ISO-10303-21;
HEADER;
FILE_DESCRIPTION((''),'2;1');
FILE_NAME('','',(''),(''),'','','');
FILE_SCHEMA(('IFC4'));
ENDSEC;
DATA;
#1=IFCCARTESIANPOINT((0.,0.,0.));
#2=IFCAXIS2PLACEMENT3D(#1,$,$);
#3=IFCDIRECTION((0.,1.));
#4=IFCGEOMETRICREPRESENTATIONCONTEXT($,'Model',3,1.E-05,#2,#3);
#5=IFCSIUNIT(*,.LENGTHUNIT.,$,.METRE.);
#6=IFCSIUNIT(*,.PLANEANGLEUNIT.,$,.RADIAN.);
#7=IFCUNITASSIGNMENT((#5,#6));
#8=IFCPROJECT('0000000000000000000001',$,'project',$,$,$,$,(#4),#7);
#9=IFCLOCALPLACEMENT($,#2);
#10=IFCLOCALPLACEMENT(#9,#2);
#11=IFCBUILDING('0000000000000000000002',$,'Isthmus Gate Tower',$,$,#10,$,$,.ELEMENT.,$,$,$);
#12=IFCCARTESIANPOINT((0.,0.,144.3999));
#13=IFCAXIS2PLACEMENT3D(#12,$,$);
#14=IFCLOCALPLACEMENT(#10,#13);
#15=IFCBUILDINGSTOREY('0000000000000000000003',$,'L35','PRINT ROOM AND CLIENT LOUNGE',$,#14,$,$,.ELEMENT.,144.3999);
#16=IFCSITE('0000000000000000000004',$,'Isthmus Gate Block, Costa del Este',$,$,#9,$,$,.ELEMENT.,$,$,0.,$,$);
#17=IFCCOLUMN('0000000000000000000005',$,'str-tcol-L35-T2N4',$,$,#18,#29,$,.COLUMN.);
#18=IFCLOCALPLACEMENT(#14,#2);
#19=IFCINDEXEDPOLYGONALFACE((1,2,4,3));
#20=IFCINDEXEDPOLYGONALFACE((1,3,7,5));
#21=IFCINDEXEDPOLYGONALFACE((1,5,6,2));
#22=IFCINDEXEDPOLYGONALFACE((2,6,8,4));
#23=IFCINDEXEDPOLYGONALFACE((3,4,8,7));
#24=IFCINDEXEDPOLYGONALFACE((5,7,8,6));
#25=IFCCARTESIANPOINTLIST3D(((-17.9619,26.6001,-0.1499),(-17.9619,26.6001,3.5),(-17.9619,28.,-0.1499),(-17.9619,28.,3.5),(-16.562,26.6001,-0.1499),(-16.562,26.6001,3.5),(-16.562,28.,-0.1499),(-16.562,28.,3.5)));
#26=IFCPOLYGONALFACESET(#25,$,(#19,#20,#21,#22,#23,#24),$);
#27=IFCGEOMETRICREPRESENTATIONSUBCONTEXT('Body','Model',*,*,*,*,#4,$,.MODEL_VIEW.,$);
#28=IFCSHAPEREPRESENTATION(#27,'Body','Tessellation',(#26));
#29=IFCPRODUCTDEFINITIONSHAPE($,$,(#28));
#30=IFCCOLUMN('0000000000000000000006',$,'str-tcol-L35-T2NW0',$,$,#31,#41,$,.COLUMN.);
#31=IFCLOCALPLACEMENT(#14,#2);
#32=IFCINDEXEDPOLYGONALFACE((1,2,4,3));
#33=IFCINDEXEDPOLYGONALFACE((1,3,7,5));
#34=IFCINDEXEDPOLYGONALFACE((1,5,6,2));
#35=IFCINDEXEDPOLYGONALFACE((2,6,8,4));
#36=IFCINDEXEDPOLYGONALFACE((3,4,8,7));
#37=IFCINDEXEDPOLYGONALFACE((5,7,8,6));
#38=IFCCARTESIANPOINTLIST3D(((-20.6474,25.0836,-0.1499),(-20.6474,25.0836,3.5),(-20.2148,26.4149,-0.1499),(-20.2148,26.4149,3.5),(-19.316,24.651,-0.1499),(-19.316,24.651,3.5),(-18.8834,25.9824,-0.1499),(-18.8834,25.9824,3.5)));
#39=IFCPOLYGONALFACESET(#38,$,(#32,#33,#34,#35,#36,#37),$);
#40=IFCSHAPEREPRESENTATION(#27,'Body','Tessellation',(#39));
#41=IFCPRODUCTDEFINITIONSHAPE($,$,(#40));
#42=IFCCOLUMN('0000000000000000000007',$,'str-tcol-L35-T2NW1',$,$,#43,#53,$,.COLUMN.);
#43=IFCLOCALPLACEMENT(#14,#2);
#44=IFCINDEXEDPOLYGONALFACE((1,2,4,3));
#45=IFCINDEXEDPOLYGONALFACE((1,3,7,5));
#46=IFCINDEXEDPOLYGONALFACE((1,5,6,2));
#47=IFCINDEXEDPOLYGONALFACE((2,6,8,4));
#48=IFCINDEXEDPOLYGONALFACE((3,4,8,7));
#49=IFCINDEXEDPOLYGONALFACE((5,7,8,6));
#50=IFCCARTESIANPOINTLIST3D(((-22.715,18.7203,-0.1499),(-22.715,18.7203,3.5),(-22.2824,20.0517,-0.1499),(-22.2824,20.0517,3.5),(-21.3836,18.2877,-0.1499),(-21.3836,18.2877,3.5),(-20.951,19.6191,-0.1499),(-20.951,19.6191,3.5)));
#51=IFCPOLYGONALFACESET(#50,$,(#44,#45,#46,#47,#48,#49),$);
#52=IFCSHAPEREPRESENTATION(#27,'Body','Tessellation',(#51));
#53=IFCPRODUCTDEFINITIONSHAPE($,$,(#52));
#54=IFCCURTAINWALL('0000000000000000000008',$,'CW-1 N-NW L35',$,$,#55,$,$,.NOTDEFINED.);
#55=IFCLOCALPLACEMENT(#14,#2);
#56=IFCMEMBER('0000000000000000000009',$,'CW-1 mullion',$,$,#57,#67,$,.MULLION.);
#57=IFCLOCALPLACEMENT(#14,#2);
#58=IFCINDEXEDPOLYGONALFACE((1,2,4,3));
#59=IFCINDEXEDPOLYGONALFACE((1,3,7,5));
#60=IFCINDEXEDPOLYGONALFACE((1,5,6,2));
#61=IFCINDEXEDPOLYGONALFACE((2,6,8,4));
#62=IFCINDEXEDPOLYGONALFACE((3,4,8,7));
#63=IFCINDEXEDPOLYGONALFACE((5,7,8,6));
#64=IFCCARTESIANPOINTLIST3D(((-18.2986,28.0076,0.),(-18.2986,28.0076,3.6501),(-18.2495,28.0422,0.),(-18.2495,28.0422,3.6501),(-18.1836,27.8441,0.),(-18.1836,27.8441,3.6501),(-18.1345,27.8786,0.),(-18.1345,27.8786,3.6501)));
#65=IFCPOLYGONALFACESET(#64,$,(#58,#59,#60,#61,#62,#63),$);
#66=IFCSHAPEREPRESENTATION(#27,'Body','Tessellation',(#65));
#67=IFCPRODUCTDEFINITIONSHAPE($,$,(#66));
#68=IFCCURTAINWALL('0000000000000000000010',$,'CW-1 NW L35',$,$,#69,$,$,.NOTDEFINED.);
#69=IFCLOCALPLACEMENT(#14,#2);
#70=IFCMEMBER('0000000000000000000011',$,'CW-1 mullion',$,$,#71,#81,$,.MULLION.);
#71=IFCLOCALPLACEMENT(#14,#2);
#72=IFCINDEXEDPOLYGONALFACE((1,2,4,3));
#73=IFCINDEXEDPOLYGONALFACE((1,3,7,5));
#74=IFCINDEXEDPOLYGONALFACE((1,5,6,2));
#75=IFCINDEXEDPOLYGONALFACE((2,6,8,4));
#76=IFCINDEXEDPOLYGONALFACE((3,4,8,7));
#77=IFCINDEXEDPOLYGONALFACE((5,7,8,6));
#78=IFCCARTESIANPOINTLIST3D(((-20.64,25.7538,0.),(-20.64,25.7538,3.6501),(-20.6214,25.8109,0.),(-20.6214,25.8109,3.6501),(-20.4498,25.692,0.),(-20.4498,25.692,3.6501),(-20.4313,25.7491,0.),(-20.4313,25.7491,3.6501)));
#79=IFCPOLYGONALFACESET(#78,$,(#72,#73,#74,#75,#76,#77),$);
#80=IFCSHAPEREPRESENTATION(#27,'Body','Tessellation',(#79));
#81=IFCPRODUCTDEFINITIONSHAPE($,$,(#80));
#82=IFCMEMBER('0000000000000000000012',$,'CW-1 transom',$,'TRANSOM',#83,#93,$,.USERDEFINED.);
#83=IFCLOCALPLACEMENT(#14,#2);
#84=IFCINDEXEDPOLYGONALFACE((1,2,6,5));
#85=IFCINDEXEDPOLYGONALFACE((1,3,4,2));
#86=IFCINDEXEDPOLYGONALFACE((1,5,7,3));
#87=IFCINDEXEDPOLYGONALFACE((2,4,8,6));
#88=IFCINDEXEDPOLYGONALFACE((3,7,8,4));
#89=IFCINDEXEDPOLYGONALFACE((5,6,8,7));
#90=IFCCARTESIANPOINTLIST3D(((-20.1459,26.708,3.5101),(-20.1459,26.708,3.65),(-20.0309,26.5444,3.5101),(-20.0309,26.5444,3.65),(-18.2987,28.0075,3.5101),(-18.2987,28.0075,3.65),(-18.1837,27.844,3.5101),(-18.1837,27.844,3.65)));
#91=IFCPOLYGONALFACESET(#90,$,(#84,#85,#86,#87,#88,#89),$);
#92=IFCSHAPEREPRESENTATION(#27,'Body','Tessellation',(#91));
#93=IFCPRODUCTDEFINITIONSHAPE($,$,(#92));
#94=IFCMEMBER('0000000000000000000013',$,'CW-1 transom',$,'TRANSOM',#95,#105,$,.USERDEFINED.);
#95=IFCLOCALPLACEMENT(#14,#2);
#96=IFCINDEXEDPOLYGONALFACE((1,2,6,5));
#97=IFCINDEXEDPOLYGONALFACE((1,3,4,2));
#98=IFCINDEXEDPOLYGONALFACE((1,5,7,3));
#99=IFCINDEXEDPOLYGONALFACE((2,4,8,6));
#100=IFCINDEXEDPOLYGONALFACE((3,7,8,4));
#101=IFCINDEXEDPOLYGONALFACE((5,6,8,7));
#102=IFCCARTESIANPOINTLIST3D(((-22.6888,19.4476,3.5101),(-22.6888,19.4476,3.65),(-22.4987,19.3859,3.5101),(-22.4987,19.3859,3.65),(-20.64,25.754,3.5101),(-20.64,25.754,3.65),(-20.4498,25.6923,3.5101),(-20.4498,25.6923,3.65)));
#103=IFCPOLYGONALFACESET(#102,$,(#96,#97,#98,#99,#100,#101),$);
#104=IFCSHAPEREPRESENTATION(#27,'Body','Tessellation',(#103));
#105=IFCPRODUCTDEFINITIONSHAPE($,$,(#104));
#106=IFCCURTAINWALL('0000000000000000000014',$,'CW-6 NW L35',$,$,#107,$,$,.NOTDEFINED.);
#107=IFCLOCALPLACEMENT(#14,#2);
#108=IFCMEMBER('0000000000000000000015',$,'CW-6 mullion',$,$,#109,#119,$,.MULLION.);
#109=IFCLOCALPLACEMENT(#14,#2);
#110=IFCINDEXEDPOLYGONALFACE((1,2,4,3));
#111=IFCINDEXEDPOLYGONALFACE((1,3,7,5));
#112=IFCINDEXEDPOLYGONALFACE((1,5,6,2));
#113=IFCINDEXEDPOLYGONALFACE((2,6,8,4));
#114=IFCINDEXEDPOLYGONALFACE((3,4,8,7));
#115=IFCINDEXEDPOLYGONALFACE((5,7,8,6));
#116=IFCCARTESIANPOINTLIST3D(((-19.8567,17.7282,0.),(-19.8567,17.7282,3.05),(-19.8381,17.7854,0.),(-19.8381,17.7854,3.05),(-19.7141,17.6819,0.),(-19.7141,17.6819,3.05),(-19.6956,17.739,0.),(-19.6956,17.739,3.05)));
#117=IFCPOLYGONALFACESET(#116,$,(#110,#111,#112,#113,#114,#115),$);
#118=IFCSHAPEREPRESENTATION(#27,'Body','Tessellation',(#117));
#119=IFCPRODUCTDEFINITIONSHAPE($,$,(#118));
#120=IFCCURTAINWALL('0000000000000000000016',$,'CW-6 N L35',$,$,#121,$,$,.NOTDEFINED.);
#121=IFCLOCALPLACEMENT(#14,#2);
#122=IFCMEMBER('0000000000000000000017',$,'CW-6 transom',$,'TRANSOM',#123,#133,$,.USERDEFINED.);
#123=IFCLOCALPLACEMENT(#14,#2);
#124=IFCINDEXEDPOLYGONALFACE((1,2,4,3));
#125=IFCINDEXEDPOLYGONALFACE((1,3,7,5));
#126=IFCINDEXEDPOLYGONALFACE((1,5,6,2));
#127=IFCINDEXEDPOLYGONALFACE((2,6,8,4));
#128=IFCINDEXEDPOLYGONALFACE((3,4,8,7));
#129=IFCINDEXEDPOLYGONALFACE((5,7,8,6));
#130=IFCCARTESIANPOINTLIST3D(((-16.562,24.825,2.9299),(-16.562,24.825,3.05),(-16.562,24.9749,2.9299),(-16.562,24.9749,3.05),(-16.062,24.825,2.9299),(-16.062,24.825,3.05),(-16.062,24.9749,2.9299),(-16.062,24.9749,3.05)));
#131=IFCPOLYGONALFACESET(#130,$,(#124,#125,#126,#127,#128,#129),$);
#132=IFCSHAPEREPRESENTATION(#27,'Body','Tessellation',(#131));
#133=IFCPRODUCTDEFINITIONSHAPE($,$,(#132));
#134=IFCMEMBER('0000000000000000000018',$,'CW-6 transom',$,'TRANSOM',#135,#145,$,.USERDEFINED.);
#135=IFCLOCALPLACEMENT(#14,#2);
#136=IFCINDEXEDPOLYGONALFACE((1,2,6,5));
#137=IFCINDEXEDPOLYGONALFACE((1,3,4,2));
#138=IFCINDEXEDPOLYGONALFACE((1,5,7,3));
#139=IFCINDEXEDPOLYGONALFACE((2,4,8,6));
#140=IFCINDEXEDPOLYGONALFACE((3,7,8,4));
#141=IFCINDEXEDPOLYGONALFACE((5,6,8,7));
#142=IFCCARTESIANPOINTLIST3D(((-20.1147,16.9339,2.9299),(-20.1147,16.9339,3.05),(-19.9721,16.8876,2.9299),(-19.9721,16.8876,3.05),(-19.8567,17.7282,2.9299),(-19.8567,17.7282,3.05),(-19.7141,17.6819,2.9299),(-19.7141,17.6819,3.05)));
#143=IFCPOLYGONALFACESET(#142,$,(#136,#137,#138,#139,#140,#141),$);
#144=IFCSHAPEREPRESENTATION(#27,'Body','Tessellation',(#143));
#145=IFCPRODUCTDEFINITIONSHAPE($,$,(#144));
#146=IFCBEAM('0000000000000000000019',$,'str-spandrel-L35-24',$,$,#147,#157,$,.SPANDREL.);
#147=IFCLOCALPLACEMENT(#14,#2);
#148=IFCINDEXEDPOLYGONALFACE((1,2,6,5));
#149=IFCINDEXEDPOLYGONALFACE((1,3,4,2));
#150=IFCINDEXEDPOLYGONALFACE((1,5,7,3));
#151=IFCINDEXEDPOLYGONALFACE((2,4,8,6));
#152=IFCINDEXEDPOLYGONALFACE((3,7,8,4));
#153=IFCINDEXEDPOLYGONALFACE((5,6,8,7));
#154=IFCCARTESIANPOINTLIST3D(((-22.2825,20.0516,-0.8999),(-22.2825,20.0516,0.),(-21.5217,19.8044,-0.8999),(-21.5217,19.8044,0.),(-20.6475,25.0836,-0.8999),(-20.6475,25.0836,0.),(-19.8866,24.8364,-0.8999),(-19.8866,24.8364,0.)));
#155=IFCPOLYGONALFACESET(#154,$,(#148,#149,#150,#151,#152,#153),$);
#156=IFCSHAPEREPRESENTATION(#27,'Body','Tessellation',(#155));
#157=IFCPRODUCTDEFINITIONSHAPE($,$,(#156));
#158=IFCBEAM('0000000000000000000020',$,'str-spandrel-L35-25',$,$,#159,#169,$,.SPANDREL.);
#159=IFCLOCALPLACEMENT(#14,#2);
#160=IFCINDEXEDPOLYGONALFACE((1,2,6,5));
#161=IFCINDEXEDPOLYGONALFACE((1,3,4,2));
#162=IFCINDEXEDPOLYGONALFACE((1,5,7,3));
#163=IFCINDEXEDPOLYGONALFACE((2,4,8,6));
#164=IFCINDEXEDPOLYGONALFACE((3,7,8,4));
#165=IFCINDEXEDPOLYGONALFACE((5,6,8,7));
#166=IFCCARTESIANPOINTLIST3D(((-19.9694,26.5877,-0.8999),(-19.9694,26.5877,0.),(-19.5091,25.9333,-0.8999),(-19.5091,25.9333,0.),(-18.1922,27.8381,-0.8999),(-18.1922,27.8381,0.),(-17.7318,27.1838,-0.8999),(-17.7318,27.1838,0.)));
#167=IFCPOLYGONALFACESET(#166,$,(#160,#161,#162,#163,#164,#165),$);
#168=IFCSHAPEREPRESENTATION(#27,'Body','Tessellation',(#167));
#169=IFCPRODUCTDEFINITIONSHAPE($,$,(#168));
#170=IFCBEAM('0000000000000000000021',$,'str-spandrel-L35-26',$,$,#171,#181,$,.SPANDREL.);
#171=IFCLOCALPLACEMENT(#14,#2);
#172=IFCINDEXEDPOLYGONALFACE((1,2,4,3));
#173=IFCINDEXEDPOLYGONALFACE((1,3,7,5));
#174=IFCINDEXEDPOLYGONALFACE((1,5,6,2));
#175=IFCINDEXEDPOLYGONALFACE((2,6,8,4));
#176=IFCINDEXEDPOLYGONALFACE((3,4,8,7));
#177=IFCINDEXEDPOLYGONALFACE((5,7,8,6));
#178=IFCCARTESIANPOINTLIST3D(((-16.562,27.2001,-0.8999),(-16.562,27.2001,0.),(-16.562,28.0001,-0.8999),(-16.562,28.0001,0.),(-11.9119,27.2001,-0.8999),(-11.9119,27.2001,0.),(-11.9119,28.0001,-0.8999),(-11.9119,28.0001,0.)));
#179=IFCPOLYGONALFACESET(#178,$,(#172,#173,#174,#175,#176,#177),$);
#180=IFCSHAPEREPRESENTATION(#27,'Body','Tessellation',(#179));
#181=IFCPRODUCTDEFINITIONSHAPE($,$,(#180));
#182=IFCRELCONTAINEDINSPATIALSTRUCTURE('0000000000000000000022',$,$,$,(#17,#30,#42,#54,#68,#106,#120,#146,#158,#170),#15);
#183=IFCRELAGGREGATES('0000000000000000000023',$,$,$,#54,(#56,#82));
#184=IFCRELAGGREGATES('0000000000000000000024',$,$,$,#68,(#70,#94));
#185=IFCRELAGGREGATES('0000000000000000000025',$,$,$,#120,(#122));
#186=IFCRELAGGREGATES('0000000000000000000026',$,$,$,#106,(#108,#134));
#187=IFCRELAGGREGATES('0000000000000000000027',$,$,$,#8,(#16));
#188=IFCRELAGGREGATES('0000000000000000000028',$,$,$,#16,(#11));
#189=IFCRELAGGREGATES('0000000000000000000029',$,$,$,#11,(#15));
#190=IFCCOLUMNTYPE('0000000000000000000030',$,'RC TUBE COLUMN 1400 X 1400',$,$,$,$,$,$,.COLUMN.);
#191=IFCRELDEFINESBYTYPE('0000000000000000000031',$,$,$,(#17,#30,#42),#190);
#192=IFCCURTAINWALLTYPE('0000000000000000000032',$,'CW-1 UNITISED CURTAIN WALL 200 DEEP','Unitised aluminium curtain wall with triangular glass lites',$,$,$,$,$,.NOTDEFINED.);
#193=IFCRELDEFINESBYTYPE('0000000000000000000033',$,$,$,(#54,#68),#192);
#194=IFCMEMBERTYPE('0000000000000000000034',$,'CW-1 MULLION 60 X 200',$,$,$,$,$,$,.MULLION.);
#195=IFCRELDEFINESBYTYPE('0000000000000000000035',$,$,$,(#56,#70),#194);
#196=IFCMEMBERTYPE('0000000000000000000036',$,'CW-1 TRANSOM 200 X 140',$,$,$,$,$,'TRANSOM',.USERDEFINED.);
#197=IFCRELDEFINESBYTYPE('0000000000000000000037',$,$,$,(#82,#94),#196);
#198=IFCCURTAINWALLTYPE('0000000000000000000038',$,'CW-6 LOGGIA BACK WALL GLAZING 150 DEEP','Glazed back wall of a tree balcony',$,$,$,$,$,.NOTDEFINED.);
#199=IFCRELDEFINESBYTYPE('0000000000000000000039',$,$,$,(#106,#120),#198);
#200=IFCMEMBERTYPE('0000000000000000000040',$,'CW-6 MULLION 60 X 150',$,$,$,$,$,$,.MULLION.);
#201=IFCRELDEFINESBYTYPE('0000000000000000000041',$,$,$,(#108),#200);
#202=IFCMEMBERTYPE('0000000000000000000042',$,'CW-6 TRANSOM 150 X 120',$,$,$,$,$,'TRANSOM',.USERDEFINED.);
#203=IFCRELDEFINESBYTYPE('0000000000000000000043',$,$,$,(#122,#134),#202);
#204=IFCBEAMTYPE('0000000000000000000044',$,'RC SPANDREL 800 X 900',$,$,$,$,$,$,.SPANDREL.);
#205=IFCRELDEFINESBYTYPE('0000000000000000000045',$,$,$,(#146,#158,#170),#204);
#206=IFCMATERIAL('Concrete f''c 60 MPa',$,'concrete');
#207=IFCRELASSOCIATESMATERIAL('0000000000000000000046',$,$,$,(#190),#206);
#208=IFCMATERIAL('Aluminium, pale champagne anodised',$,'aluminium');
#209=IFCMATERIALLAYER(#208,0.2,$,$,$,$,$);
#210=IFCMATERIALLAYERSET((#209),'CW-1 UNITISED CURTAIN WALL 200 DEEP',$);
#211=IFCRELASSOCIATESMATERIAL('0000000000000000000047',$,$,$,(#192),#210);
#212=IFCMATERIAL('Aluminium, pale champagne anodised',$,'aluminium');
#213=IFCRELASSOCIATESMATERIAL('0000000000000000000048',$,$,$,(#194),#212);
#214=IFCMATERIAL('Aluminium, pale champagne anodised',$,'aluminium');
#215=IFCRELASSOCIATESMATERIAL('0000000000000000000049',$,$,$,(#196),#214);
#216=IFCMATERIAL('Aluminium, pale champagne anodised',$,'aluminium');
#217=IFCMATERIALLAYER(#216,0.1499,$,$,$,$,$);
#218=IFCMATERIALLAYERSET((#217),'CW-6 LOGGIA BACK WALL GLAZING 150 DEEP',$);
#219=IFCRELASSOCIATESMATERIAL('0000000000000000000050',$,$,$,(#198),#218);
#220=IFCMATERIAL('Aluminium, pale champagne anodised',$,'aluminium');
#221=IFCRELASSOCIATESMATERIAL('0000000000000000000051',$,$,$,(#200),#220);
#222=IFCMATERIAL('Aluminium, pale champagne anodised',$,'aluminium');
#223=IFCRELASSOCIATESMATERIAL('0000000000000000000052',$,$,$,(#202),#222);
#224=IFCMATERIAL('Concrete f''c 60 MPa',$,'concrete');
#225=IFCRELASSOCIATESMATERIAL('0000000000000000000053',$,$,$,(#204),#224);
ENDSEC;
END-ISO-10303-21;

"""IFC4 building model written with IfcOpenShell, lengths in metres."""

from ifc_helpers import new_model, si_unit, direction, frame, origin, origin_2d, place, context, subcontext, project, spatial, rectangle, extrude, material, layer, layer_set, material_profile, profile_set, type_object, element, aggregate, save


model = new_model("IFC4")

# Units and contexts
model_context = context("Model", 3, precision=1e-05, world=origin(), true_north=direction((0.0, 1.0)))
body_context = subcontext(model_context, "Body", "Model", "MODEL_VIEW")
ifc_project = project(units=[si_unit("LENGTHUNIT", "METRE"), si_unit("PLANEANGLEUNIT", "RADIAN")], contexts=[model_context])

# Site, building, storey
site_placement = place(None, origin())
site = spatial("IfcSite", under=ifc_project, at=site_placement, Name="Isthmus Gate Block, Costa del Este", CompositionType="ELEMENT", RefElevation=0.0)
building_placement = place(site_placement, origin())
building = spatial("IfcBuilding", under=site, at=building_placement, Name="Isthmus Gate Tower", CompositionType="ELEMENT")
storey_placement = place(building_placement, frame((0.0, 0.0, 144.3999)))
storey = spatial("IfcBuildingStorey", under=building, at=storey_placement, Name="L35", Description="PRINT ROOM AND CLIENT LOUNGE", CompositionType="ELEMENT", Elevation=144.3999)

# Columns
ifc_material_1 = material(Name="Concrete f'c 60 MPa", Category="concrete")
ifc_material_profile_1 = material_profile(ifc_material_1, rectangle(XDim=1.3999, YDim=1.3999, at=origin_2d()), Name="RC 1400X1400")
ifc_profile_set_1 = profile_set([ifc_material_profile_1], Name="Concrete f'c 60 MPa")
column_type = type_object("IfcColumnType", Name="RC TUBE COLUMN 1400 X 1400", PredefinedType="COLUMN", material=ifc_profile_set_1)
for number, where, z_axis, x_axis, name in (
    (1, (-17.262, 27.3, -0.1499), (0.0, 0.0, 1.0), (-1.0, 0.0, 0.0), "str-tcol-L35-T2N4"),
    (2, (-19.7654, 25.533, -0.1499), (0.0, 0.0, 1.0), (-0.309017, -0.951057, 0.0), "str-tcol-L35-T2NW0"),
    (3, (-21.833, 19.1697, -0.1499), (0.0, 0.0, 1.0), (-0.309017, -0.951057, 0.0), "str-tcol-L35-T2NW1"),
):
    element("IfcColumn", number, at=place(storey_placement, frame(where, z_axis=z_axis, x_axis=x_axis)), inside=storey, type_object=column_type, Name=name, PredefinedType="COLUMN", context=body_context, shape_type="SweptSolid", body=[
        extrude(rectangle(XDim=1.3999, YDim=1.3999, at=origin_2d()), origin(), (0.0, 0.0, 1.0), 3.6499),
    ])

# Curtain walls, members
ifc_material_2 = material(Name="Aluminium, pale champagne anodised", Category="aluminium")
ifc_layer_1 = layer(ifc_material_2, 0.2)
ifc_layer_set_1 = layer_set([ifc_layer_1], Name="CW-1 UNITISED CURTAIN WALL 200 DEEP")
curtain_wall_type_1 = type_object("IfcCurtainWallType", Name="CW-1 UNITISED CURTAIN WALL 200 DEEP", Description="Unitised aluminium curtain wall with triangular glass lites", PredefinedType="NOTDEFINED", material=ifc_layer_set_1)
curtain_wall_1_placement = place(storey_placement, origin())
curtain_wall_1 = element("IfcCurtainWall", 4, at=curtain_wall_1_placement, inside=storey, type_object=curtain_wall_type_1, Name="CW-1 N-NW L35", PredefinedType="NOTDEFINED")
ifc_material_3 = material(Name="Aluminium, pale champagne anodised", Category="aluminium")
ifc_material_profile_2 = material_profile(ifc_material_3, rectangle(XDim=0.0601, YDim=0.2, at=origin_2d()), Name="60x200")
ifc_profile_set_2 = profile_set([ifc_material_profile_2], Name="Aluminium, pale champagne anodised")
member_type_1 = type_object("IfcMemberType", Name="CW-1 MULLION 60 X 200", PredefinedType="MULLION", material=ifc_profile_set_2)
member_1_placement = place(storey_placement, frame((-18.2166, 27.9431, 0.0), z_axis=(0.0, 0.0, 1.0), x_axis=(-0.81786, -0.575418, 0.0)))
member_1 = element("IfcMember", 5, at=member_1_placement, type_object=member_type_1, Name="CW-1 mullion", PredefinedType="MULLION", context=body_context, shape_type="SweptSolid", body=[
    extrude(rectangle(XDim=0.0601, YDim=0.2, at=origin_2d()), origin(), (0.0, 0.0, 1.0), 3.6501),
])
curtain_wall_2_placement = place(storey_placement, origin())
curtain_wall_2 = element("IfcCurtainWall", 6, at=curtain_wall_2_placement, inside=storey, type_object=curtain_wall_type_1, Name="CW-1 NW L35", PredefinedType="NOTDEFINED")
member_2_placement = place(storey_placement, frame((-20.5356, 25.7515, 0.0), z_axis=(0.0, 0.0, 1.0), x_axis=(-0.309017, -0.951057, 0.0)))
member_2 = element("IfcMember", 7, at=member_2_placement, type_object=member_type_1, Name="CW-1 mullion", PredefinedType="MULLION", context=body_context, shape_type="SweptSolid", body=[
    extrude(rectangle(XDim=0.0601, YDim=0.2, at=origin_2d()), origin(), (0.0, 0.0, 1.0), 3.6501),
])

# Members
ifc_material_4 = material(Name="Aluminium, pale champagne anodised", Category="aluminium")
ifc_material_profile_3 = material_profile(ifc_material_4, rectangle(XDim=0.2, YDim=0.1399, at=origin_2d()), Name="200x140")
ifc_profile_set_3 = profile_set([ifc_material_profile_3], Name="Aluminium, pale champagne anodised")
member_type_2 = type_object("IfcMemberType", Name="CW-1 TRANSOM 200 X 140", ElementType="TRANSOM", PredefinedType="USERDEFINED", material=ifc_profile_set_3)
member_3_placement = place(storey_placement, frame((-18.2412, 27.9258, 3.5801), z_axis=(-0.817869, -0.575405, 0.0), x_axis=(0.575405, -0.817869, 0.0)))
member_3 = element("IfcMember", 8, at=member_3_placement, type_object=member_type_2, Name="CW-1 transom", ObjectType="TRANSOM", PredefinedType="USERDEFINED", context=body_context, shape_type="SweptSolid", body=[
    extrude(rectangle(XDim=0.2, YDim=0.1399, at=origin_2d()), origin(), (0.0, 0.0, 1.0), 2.2585),
])
member_4_placement = place(storey_placement, frame((-20.5449, 25.7231, 3.5801), z_axis=(-0.308984, -0.951067, 0.0), x_axis=(0.951067, -0.308984, 0.0)))
member_4 = element("IfcMember", 9, at=member_4_placement, type_object=member_type_2, Name="CW-1 transom", ObjectType="TRANSOM", PredefinedType="USERDEFINED", context=body_context, shape_type="SweptSolid", body=[
    extrude(rectangle(XDim=0.2, YDim=0.1399, at=origin_2d()), origin(), (0.0, 0.0, 1.0), 6.6309),
])

# Curtain walls, members
ifc_material_5 = material(Name="Aluminium, pale champagne anodised", Category="aluminium")
ifc_layer_2 = layer(ifc_material_5, 0.1499)
ifc_layer_set_2 = layer_set([ifc_layer_2], Name="CW-6 LOGGIA BACK WALL GLAZING 150 DEEP")
curtain_wall_type_2 = type_object("IfcCurtainWallType", Name="CW-6 LOGGIA BACK WALL GLAZING 150 DEEP", Description="Glazed back wall of a tree balcony", PredefinedType="NOTDEFINED", material=ifc_layer_set_2)
curtain_wall_3_placement = place(storey_placement, origin())
curtain_wall_3 = element("IfcCurtainWall", 10, at=curtain_wall_3_placement, inside=storey, type_object=curtain_wall_type_2, Name="CW-6 NW L35", PredefinedType="NOTDEFINED")
ifc_material_6 = material(Name="Aluminium, pale champagne anodised", Category="aluminium")
ifc_material_profile_4 = material_profile(ifc_material_6, rectangle(XDim=0.0601, YDim=0.1499, at=origin_2d()), Name="60x150")
ifc_profile_set_4 = profile_set([ifc_material_profile_4], Name="Aluminium, pale champagne anodised")
member_type_3 = type_object("IfcMemberType", Name="CW-6 MULLION 60 X 150", PredefinedType="MULLION", material=ifc_profile_set_4)
member_5_placement = place(storey_placement, frame((-19.7761, 17.7336, 0.0), z_axis=(0.0, 0.0, 1.0), x_axis=(-0.309017, -0.951057, 0.0)))
member_5 = element("IfcMember", 11, at=member_5_placement, type_object=member_type_3, Name="CW-6 mullion", PredefinedType="MULLION", context=body_context, shape_type="SweptSolid", body=[
    extrude(rectangle(XDim=0.0601, YDim=0.1499, at=origin_2d()), origin(), (0.0, 0.0, 1.0), 3.05),
])
curtain_wall_4_placement = place(storey_placement, origin())
curtain_wall_4 = element("IfcCurtainWall", 12, at=curtain_wall_4_placement, inside=storey, type_object=curtain_wall_type_2, Name="CW-6 N L35", PredefinedType="NOTDEFINED")
ifc_material_7 = material(Name="Aluminium, pale champagne anodised", Category="aluminium")
ifc_material_profile_5 = material_profile(ifc_material_7, rectangle(XDim=0.1499, YDim=0.1201, at=origin_2d()), Name="150x120")
ifc_profile_set_5 = profile_set([ifc_material_profile_5], Name="Aluminium, pale champagne anodised")
member_type_4 = type_object("IfcMemberType", Name="CW-6 TRANSOM 150 X 120", ElementType="TRANSOM", PredefinedType="USERDEFINED", material=ifc_profile_set_5)
member_6_placement = place(storey_placement, frame((-16.062, 24.8999, 2.99), z_axis=(-1.0, 0.0, 0.0), x_axis=(0.0, -1.0, 0.0)))
member_6 = element("IfcMember", 13, at=member_6_placement, type_object=member_type_4, Name="CW-6 transom", ObjectType="TRANSOM", PredefinedType="USERDEFINED", context=body_context, shape_type="SweptSolid", body=[
    extrude(rectangle(XDim=0.1499, YDim=0.1201, at=origin_2d()), origin(), (0.0, 0.0, 1.0), 0.5),
])

# Member
member_7_placement = place(storey_placement, frame((-19.7854, 17.7051, 2.99), z_axis=(-0.308941, -0.951081, 0.0), x_axis=(0.951081, -0.308941, 0.0)))
member_7 = element("IfcMember", 14, at=member_7_placement, type_object=member_type_4, Name="CW-6 transom", ObjectType="TRANSOM", PredefinedType="USERDEFINED", context=body_context, shape_type="SweptSolid", body=[
    extrude(rectangle(XDim=0.1499, YDim=0.1201, at=origin_2d()), origin(), (0.0, 0.0, 1.0), 0.8352),
])

# Beams
ifc_material_8 = material(Name="Concrete f'c 60 MPa", Category="concrete")
ifc_material_profile_6 = material_profile(ifc_material_8, rectangle(XDim=0.8, YDim=0.8999, at=origin_2d()), Name="RC 800X900")
ifc_profile_set_6 = profile_set([ifc_material_profile_6], Name="Concrete f'c 60 MPa")
beam_type_1 = type_object("IfcBeamType", Name="RC SPANDREL 800 X 900", PredefinedType="SPANDREL", material=ifc_profile_set_6)
beam_1_placement = place(storey_placement, frame((-21.9021, 19.928, -0.45), z_axis=(0.30902, 0.951055, 0.0), x_axis=(-0.951055, 0.30902, 0.0)))
element("IfcBeam", 15, at=beam_1_placement, inside=storey, type_object=beam_type_1, Name="str-spandrel-L35-24", PredefinedType="SPANDREL", context=body_context, shape_type="SweptSolid", body=[
    extrude(rectangle(XDim=0.8, YDim=0.8999, at=origin_2d()), origin(), (0.0, 0.0, 1.0), 5.291),
])
beam_2_placement = place(storey_placement, frame((-19.7393, 26.2605, -0.45), z_axis=(0.817857, 0.575421, 0.0), x_axis=(-0.575421, 0.817857, 0.0)))
element("IfcBeam", 16, at=beam_2_placement, inside=storey, type_object=beam_type_1, Name="str-spandrel-L35-25", PredefinedType="SPANDREL", context=body_context, shape_type="SweptSolid", body=[
    extrude(rectangle(XDim=0.8, YDim=0.8999, at=origin_2d()), origin(), (0.0, 0.0, 1.0), 2.1731),
])
beam_3_placement = place(storey_placement, frame((-16.562, 27.6001, -0.45), z_axis=(1.0, 0.0, 0.0), x_axis=(0.0, 1.0, 0.0)))
element("IfcBeam", 17, at=beam_3_placement, inside=storey, type_object=beam_type_1, Name="str-spandrel-L35-26", PredefinedType="SPANDREL", context=body_context, shape_type="SweptSolid", body=[
    extrude(rectangle(XDim=0.8, YDim=0.8999, at=origin_2d()), origin(), (0.0, 0.0, 1.0), 4.6501),
])

aggregate(curtain_wall_1, [member_1, member_3])
aggregate(curtain_wall_2, [member_2, member_4])
aggregate(curtain_wall_4, [member_6])
aggregate(curtain_wall_3, [member_5, member_7])

save(model, "model.ifc")
